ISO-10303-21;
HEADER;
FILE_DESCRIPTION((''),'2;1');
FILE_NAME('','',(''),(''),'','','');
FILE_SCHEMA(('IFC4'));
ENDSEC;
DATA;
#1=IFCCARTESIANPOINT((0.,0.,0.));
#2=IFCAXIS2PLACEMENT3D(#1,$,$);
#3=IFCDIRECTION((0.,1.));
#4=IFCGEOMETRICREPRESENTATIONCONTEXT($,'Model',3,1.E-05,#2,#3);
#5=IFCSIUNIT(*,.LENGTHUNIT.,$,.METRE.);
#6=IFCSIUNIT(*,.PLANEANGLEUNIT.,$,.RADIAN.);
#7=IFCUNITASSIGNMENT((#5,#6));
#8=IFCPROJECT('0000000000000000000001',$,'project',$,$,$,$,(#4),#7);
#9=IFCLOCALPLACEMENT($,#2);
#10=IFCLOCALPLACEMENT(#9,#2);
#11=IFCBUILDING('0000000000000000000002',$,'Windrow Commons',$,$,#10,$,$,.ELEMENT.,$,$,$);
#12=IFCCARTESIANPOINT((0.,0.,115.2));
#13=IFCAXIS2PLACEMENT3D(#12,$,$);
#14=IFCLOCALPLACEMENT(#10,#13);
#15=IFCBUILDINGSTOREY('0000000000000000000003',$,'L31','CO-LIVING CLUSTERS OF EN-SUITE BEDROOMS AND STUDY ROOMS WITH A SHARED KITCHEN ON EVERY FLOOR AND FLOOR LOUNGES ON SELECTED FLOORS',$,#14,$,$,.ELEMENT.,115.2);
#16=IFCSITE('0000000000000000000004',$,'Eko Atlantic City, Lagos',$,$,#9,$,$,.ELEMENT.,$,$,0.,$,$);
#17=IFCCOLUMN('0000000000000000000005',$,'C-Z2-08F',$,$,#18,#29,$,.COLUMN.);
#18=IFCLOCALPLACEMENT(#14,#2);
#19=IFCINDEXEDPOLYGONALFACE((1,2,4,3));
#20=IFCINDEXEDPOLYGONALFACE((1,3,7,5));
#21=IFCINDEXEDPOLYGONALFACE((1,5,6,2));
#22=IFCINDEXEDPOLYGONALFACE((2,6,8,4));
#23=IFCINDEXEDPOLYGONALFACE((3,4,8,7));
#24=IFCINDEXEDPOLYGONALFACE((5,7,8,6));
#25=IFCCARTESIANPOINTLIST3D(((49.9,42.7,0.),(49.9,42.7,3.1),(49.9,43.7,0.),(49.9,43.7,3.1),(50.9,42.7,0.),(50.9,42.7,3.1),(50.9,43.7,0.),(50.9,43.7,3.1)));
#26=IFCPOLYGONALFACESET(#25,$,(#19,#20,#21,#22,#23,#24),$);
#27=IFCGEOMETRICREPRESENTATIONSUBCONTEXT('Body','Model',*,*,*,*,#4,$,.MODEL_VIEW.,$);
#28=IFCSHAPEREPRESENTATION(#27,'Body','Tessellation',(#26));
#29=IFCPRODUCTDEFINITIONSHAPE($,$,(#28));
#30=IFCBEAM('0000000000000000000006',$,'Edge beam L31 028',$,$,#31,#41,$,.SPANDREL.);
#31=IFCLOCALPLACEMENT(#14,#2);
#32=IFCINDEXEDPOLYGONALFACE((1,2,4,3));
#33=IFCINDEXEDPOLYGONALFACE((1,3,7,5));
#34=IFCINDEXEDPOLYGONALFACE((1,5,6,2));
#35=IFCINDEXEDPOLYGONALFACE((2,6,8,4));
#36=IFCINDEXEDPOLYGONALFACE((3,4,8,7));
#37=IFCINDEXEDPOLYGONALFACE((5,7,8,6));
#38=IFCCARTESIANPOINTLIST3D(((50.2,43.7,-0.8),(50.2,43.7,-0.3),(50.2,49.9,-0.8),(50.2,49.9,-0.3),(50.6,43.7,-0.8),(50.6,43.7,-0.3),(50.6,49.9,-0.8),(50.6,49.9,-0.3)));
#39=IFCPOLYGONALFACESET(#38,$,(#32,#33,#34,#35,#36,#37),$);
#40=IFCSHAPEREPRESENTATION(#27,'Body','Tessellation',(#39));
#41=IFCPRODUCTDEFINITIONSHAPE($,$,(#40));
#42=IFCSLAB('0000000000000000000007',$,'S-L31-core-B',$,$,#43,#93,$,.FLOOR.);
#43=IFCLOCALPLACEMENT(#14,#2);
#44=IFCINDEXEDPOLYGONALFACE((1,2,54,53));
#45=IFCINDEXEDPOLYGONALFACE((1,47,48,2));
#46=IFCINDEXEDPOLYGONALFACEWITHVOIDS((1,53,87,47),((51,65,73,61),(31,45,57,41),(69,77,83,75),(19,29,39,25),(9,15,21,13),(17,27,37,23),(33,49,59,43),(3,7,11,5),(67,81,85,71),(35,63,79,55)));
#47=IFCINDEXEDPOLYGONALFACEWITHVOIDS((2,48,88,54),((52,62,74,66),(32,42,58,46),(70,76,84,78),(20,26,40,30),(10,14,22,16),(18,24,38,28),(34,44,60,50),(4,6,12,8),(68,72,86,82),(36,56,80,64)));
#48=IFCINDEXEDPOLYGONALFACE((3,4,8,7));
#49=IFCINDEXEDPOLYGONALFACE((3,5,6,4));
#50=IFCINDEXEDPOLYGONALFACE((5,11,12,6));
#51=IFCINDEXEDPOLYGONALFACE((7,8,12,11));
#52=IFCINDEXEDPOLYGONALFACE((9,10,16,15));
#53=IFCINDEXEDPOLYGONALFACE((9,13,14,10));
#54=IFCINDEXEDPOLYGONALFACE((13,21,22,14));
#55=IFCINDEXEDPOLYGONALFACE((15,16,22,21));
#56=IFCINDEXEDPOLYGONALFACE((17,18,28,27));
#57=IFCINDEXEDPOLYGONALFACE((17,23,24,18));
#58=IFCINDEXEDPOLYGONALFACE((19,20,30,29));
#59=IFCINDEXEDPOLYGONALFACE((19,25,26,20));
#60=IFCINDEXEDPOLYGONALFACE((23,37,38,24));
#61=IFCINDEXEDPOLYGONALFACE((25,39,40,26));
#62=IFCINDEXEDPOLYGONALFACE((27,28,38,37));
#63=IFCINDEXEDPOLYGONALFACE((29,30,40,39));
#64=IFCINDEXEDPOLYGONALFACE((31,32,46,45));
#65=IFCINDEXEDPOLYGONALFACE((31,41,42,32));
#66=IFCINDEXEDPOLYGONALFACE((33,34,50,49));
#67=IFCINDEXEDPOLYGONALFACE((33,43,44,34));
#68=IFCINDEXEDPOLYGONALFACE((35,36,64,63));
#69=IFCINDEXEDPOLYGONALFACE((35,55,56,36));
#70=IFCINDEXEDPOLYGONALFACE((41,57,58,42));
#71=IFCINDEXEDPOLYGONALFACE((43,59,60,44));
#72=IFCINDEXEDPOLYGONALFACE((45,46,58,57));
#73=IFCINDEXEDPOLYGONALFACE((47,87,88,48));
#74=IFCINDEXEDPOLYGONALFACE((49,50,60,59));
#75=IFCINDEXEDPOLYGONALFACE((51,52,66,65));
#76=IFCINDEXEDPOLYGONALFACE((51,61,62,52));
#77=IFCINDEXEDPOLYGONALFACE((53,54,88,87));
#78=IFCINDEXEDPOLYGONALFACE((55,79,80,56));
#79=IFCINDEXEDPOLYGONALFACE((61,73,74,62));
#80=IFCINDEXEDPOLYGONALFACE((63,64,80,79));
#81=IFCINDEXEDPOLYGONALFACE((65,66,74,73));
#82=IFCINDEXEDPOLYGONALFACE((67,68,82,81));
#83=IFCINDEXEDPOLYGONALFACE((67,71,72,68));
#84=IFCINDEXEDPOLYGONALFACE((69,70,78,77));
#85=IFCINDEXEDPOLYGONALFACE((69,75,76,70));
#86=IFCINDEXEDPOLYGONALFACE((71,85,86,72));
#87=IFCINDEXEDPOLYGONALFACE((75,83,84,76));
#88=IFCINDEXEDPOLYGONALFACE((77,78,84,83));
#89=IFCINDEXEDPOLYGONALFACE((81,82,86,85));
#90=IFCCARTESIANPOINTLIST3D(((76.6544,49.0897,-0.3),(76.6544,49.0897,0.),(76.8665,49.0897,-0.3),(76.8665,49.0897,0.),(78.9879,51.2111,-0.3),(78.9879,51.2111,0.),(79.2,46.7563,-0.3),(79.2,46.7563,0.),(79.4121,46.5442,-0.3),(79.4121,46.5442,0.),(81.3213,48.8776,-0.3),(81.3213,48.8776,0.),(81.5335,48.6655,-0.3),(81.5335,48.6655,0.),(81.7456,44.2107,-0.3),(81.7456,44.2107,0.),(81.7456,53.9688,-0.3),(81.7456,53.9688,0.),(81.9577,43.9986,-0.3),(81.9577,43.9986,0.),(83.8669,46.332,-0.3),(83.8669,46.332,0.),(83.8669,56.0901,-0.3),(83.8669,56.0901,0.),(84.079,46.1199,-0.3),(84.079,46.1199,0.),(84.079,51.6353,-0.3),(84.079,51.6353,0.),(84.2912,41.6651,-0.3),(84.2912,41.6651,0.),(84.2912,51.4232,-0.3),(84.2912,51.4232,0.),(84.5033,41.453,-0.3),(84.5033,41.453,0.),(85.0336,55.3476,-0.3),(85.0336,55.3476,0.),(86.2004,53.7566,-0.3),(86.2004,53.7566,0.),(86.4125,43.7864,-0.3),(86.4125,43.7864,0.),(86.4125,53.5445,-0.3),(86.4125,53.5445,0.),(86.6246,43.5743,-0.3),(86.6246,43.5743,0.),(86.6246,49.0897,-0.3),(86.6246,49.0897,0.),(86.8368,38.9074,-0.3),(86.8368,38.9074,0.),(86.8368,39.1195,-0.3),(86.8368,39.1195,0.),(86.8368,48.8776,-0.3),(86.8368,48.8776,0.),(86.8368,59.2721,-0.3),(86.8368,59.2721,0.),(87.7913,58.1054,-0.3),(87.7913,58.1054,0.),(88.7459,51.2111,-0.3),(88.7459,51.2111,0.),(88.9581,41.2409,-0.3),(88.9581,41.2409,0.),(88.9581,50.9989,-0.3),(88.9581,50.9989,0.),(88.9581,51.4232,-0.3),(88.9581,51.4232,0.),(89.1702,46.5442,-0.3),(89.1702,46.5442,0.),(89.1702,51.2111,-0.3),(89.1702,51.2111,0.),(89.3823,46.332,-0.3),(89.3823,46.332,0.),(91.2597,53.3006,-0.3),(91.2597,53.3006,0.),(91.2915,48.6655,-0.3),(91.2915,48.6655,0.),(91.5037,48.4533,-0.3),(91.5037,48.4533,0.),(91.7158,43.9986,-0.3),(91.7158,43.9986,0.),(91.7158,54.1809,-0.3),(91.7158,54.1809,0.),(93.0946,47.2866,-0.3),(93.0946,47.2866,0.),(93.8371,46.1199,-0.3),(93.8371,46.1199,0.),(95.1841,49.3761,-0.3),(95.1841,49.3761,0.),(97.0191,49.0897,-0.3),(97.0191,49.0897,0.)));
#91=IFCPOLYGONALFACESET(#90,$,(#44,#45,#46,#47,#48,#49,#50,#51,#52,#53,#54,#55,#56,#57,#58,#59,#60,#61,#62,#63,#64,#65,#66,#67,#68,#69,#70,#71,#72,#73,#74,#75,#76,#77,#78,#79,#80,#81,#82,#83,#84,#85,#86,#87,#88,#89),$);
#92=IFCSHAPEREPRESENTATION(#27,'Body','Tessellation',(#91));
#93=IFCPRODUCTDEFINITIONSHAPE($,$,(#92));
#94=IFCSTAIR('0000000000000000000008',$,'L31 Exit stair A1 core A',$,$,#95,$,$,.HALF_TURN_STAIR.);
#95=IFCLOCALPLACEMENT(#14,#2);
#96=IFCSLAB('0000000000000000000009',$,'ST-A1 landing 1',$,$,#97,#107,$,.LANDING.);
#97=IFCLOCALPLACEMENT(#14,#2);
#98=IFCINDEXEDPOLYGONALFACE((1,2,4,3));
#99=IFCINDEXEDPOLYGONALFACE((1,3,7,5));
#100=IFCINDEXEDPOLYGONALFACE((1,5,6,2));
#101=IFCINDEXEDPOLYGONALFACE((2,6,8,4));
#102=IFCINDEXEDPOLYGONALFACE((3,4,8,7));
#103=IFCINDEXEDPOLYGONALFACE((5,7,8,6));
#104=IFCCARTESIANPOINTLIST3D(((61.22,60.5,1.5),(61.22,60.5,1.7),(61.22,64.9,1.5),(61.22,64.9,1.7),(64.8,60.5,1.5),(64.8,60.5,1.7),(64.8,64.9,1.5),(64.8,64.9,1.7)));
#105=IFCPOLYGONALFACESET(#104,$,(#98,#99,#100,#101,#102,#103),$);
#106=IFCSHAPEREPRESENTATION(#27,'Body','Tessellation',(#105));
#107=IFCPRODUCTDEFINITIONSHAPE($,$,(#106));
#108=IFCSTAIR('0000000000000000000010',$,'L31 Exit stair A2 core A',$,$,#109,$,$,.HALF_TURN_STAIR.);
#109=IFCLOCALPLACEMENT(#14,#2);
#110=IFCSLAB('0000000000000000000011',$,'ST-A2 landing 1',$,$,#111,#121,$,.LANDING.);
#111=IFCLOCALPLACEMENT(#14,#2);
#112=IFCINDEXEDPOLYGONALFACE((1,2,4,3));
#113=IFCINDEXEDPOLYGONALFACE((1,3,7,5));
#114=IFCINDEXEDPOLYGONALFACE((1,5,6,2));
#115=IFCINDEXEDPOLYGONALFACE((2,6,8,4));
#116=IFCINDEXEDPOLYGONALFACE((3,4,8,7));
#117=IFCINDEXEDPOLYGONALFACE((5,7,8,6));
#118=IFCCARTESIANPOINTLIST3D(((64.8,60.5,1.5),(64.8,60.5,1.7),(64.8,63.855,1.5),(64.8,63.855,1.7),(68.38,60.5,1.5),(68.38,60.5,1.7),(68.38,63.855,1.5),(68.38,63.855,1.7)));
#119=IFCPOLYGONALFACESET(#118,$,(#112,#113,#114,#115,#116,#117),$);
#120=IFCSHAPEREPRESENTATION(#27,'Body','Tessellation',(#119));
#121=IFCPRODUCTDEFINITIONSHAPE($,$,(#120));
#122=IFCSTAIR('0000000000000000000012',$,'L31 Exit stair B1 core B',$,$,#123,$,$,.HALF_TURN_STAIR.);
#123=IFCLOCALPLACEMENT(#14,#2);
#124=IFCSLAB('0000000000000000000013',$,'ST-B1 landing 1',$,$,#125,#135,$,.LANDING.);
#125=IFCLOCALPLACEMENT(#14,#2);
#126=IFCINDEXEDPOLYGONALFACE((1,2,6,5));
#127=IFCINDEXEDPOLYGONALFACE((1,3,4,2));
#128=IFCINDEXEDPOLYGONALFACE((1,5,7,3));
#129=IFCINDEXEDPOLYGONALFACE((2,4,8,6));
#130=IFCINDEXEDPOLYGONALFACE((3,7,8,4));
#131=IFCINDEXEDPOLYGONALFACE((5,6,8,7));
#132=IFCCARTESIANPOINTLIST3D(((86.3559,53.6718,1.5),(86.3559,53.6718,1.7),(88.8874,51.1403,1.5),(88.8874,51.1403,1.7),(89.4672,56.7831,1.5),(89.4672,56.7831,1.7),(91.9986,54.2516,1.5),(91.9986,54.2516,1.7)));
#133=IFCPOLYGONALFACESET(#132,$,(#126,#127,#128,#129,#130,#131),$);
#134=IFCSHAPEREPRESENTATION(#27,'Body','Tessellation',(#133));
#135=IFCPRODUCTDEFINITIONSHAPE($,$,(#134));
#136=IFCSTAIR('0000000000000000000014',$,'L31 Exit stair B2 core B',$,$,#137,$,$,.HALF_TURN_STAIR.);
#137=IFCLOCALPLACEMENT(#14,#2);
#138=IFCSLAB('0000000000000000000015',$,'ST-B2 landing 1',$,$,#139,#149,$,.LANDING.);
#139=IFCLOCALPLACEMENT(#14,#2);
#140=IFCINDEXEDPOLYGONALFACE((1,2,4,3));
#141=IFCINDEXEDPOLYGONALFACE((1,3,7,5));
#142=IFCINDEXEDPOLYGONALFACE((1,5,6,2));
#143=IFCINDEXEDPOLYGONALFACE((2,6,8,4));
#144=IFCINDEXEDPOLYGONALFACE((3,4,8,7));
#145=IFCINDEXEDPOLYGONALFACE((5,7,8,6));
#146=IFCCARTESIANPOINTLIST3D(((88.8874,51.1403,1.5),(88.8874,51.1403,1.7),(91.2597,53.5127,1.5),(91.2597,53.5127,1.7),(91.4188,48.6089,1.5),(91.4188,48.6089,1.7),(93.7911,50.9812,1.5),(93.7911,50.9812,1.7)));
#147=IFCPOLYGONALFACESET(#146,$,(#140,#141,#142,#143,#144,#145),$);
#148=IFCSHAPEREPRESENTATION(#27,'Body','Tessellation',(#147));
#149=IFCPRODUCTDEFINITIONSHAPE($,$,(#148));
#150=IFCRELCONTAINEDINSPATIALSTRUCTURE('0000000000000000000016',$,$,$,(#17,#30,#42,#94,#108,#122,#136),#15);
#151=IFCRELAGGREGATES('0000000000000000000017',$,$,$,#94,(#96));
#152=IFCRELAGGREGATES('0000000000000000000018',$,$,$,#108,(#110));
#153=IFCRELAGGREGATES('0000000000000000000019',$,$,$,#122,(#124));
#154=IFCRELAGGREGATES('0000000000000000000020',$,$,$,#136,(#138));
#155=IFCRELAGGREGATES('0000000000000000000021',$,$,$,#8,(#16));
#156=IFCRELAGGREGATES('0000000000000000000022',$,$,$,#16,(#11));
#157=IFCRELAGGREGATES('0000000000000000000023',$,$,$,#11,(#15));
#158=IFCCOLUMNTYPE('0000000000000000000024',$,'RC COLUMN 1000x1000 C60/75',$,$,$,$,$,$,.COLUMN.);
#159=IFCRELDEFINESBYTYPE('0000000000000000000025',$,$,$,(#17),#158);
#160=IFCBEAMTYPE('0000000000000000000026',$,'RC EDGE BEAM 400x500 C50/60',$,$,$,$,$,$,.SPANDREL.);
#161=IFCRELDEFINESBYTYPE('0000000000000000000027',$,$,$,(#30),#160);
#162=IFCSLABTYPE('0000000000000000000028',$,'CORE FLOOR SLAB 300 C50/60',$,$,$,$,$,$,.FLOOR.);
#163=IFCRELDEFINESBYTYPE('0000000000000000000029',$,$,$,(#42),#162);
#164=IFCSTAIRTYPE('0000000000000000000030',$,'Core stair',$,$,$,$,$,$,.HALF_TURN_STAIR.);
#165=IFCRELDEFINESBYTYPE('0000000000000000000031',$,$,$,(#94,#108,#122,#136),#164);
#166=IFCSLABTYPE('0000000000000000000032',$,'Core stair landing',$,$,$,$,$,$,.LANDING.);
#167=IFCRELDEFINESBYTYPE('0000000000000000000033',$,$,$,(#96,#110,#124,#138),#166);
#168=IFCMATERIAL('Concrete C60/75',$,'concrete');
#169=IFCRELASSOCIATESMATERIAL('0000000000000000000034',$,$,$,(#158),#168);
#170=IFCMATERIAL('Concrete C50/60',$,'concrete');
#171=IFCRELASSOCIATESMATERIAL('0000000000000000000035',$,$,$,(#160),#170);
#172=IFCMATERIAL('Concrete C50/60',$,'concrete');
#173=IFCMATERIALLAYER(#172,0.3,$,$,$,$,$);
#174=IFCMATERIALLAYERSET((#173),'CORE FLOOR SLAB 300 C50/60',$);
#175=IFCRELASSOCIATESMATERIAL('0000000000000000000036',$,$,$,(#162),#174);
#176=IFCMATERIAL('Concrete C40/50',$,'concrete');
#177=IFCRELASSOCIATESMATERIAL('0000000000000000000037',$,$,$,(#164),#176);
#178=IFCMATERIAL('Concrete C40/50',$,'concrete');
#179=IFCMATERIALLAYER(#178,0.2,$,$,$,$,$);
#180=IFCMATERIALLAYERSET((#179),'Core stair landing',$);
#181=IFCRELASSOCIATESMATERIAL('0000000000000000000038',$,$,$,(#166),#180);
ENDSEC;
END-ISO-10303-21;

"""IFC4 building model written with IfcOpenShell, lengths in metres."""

from ifc_helpers import new_model, si_unit, direction, frame, origin, origin_2d, place, context, subcontext, project, spatial, polyline, rectangle, outline, extrude, material, layer, layer_set, material_profile, profile_set, type_object, element, aggregate, save


model = new_model("IFC4")

# Units and contexts
model_context = context("Model", 3, precision=1e-05, world=origin(), true_north=direction((0.0, 1.0)))
body_context = subcontext(model_context, "Body", "Model", "MODEL_VIEW")
ifc_project = project(units=[si_unit("LENGTHUNIT", "METRE"), si_unit("PLANEANGLEUNIT", "RADIAN")], contexts=[model_context])

# Site, building, storey
site_placement = place(None, origin())
site = spatial("IfcSite", under=ifc_project, at=site_placement, Name="Eko Atlantic City, Lagos", CompositionType="ELEMENT", RefElevation=0.0)
building_placement = place(site_placement, origin())
building = spatial("IfcBuilding", under=site, at=building_placement, Name="Windrow Commons", CompositionType="ELEMENT")
storey_placement = place(building_placement, frame((0.0, 0.0, 115.2)))
storey = spatial("IfcBuildingStorey", under=building, at=storey_placement, Name="L31", Description="CO-LIVING CLUSTERS OF EN-SUITE BEDROOMS AND STUDY ROOMS WITH A SHARED KITCHEN ON EVERY FLOOR AND FLOOR LOUNGES ON SELECTED FLOORS", CompositionType="ELEMENT", Elevation=115.2)

# Column
ifc_material_1 = material(Name="Concrete C60/75", Category="concrete")
ifc_material_profile_1 = material_profile(ifc_material_1, rectangle(XDim=1.0, YDim=1.0, at=origin_2d()))
ifc_profile_set_1 = profile_set([ifc_material_profile_1], Name="Concrete C60/75")
column_type = type_object("IfcColumnType", Name="RC COLUMN 1000x1000 C60/75", PredefinedType="COLUMN", material=ifc_profile_set_1)
column_placement = place(storey_placement, frame((50.4, 43.2, 0.0), z_axis=(0.0, 0.0, 1.0), x_axis=(1.0, 0.0, 0.0)))
element("IfcColumn", 1, at=column_placement, inside=storey, type_object=column_type, Name="C-Z2-08F", PredefinedType="COLUMN", context=body_context, shape_type="SweptSolid", body=[
    extrude(rectangle(XDim=1.0, YDim=1.0, at=origin_2d()), origin(), (0.0, 0.0, 1.0), 3.1),
])

# Beam
ifc_material_2 = material(Name="Concrete C50/60", Category="concrete")
ifc_material_profile_2 = material_profile(ifc_material_2, rectangle(XDim=0.4, YDim=0.5, at=origin_2d()))
ifc_profile_set_2 = profile_set([ifc_material_profile_2], Name="Concrete C50/60")
beam_type = type_object("IfcBeamType", Name="RC EDGE BEAM 400x500 C50/60", PredefinedType="SPANDREL", material=ifc_profile_set_2)
beam_placement = place(storey_placement, frame((50.4, 43.7, -0.55), z_axis=(0.0, 1.0, 0.0), x_axis=(-1.0, 0.0, 0.0)))
element("IfcBeam", 2, at=beam_placement, inside=storey, type_object=beam_type, Name="Edge beam L31 028", PredefinedType="SPANDREL", context=body_context, shape_type="SweptSolid", body=[
    extrude(rectangle(XDim=0.4, YDim=0.5, at=origin_2d()), origin(), (0.0, 0.0, 1.0), 6.2),
])

# Slab, openings
ifc_material_3 = material(Name="Concrete C50/60", Category="concrete")
ifc_layer_1 = layer(ifc_material_3, 0.3)
ifc_layer_set_1 = layer_set([ifc_layer_1], Name="CORE FLOOR SLAB 300 C50/60")
slab_type_1 = type_object("IfcSlabType", Name="CORE FLOOR SLAB 300 C50/60", PredefinedType="FLOOR", material=ifc_layer_set_1)
placement_1 = place(storey_placement, frame((0.0, 0.0, -0.3)))
slab_1 = element("IfcSlab", 3, at=placement_1, inside=storey, type_object=slab_type_1, Name="S-L31-core-B", PredefinedType="FLOOR", context=body_context, shape_type="SweptSolid", body=[
    extrude(outline(polyline([(76.6544, 49.0897), (86.8368, 38.9074), (97.0191, 49.0897), (86.8368, 59.2721), (76.6544, 49.0897)]), holes=[polyline([(76.8665, 49.0897), (79.2, 46.7563), (81.3213, 48.8776), (78.9879, 51.2111), (76.8665, 49.0897)]), polyline([(79.4121, 46.5442), (81.7456, 44.2107), (83.8669, 46.332), (81.5335, 48.6655), (79.4121, 46.5442)]), polyline([(81.9577, 43.9986), (84.2912, 41.6651), (86.4125, 43.7864), (84.079, 46.1199), (81.9577, 43.9986)]), polyline([(84.5033, 41.453), (86.8368, 39.1195), (88.9581, 41.2409), (86.6246, 43.5743), (84.5033, 41.453)]), polyline([(81.7456, 53.9688), (84.079, 51.6353), (86.2004, 53.7566), (83.8669, 56.0901), (81.7456, 53.9688)]), polyline([(84.2912, 51.4232), (86.6246, 49.0897), (88.7459, 51.2111), (86.4125, 53.5445), (84.2912, 51.4232)]), polyline([(86.8368, 48.8776), (89.1702, 46.5442), (91.2915, 48.6655), (88.9581, 50.9989), (86.8368, 48.8776)]), polyline([(89.3823, 46.332), (91.7158, 43.9986), (93.8371, 46.1199), (91.5037, 48.4533), (89.3823, 46.332)]), polyline([(85.0336, 55.3476), (88.9581, 51.4232), (91.7158, 54.1809), (87.7913, 58.1054), (85.0336, 55.3476)]), polyline([(89.1702, 51.2111), (93.0946, 47.2866), (95.1841, 49.3761), (91.2597, 53.3006), (89.1702, 51.2111)])]), origin(), (0.0, 0.0, 1.0), 0.3),
])
opening_1_placement = place(placement_1, origin())
element("IfcOpeningElement", 4, at=opening_1_placement, cuts=slab_1, PredefinedType="OPENING", context=body_context, shape_type="SweptSolid", body=[
    extrude(outline(polyline([(76.8736, 49.0897), (78.9879, 51.204), (81.3142, 48.8776), (79.2, 46.7634), (76.8736, 49.0897)])), origin(), (0.0, 0.0, 1.0), 0.3),
])
opening_2_placement = place(placement_1, origin())
element("IfcOpeningElement", 5, at=opening_2_placement, cuts=slab_1, PredefinedType="OPENING", context=body_context, shape_type="SweptSolid", body=[
    extrude(outline(polyline([(79.4192, 46.5442), (81.5335, 48.6584), (83.8598, 46.332), (81.7456, 44.2178), (79.4192, 46.5442)])), origin(), (0.0, 0.0, 1.0), 0.3),
])
opening_3_placement = place(placement_1, origin())
element("IfcOpeningElement", 6, at=opening_3_placement, cuts=slab_1, PredefinedType="OPENING", context=body_context, shape_type="SweptSolid", body=[
    extrude(outline(polyline([(81.9648, 43.9986), (84.079, 46.1128), (86.4054, 43.7864), (84.2912, 41.6722), (81.9648, 43.9986)])), origin(), (0.0, 0.0, 1.0), 0.3),
])
opening_4_placement = place(placement_1, origin())
element("IfcOpeningElement", 7, at=opening_4_placement, cuts=slab_1, PredefinedType="OPENING", context=body_context, shape_type="SweptSolid", body=[
    extrude(outline(polyline([(84.5104, 41.453), (86.6246, 43.5672), (88.951, 41.2409), (86.8368, 39.1266), (84.5104, 41.453)])), origin(), (0.0, 0.0, 1.0), 0.3),
])
opening_5_placement = place(placement_1, origin())
element("IfcOpeningElement", 8, at=opening_5_placement, cuts=slab_1, PredefinedType="OPENING", context=body_context, shape_type="SweptSolid", body=[
    extrude(outline(polyline([(81.7527, 53.9688), (83.8669, 56.083), (86.1933, 53.7566), (84.079, 51.6424), (81.7527, 53.9688)])), origin(), (0.0, 0.0, 1.0), 0.3),
])
opening_6_placement = place(placement_1, origin())
element("IfcOpeningElement", 9, at=opening_6_placement, cuts=slab_1, PredefinedType="OPENING", context=body_context, shape_type="SweptSolid", body=[
    extrude(outline(polyline([(84.2983, 51.4232), (86.4125, 53.5374), (88.7388, 51.2111), (86.6246, 49.0968), (84.2983, 51.4232)])), origin(), (0.0, 0.0, 1.0), 0.3),
])
opening_7_placement = place(placement_1, origin())
element("IfcOpeningElement", 10, at=opening_7_placement, cuts=slab_1, PredefinedType="OPENING", context=body_context, shape_type="SweptSolid", body=[
    extrude(outline(polyline([(86.8439, 48.8776), (88.9581, 50.9918), (91.2844, 48.6655), (89.1702, 46.5513), (86.8439, 48.8776)])), origin(), (0.0, 0.0, 1.0), 0.3),
])
opening_8_placement = place(placement_1, origin())
element("IfcOpeningElement", 11, at=opening_8_placement, cuts=slab_1, PredefinedType="OPENING", context=body_context, shape_type="SweptSolid", body=[
    extrude(outline(polyline([(89.3894, 46.332), (91.5037, 48.4462), (93.83, 46.1199), (91.7158, 44.0057), (89.3894, 46.332)])), origin(), (0.0, 0.0, 1.0), 0.3),
])
opening_9_placement = place(placement_1, origin())
element("IfcOpeningElement", 12, at=opening_9_placement, cuts=slab_1, PredefinedType="OPENING", context=body_context, shape_type="SweptSolid", body=[
    extrude(outline(polyline([(85.0407, 55.3476), (87.7913, 58.0983), (91.7087, 54.1809), (88.9581, 51.4303), (85.0407, 55.3476)])), origin(), (0.0, 0.0, 1.0), 0.3),
])
opening_10_placement = place(placement_1, origin())
element("IfcOpeningElement", 13, at=opening_10_placement, cuts=slab_1, PredefinedType="OPENING", context=body_context, shape_type="SweptSolid", body=[
    extrude(outline(polyline([(89.1773, 51.2111), (91.2597, 53.2935), (95.177, 49.3761), (93.0946, 47.2937), (89.1773, 51.2111)])), origin(), (0.0, 0.0, 1.0), 0.3),
])

# Stairs, slabs
ifc_material_4 = material(Name="Concrete C40/50", Category="concrete")
stair_type = type_object("IfcStairType", Name="Core stair", PredefinedType="HALF_TURN_STAIR", material=ifc_material_4)
placement_2 = place(storey_placement, origin())
stair_1 = element("IfcStair", 14, at=placement_2, inside=storey, type_object=stair_type, Name="L31 Exit stair A1 core A", PredefinedType="HALF_TURN_STAIR")
ifc_material_5 = material(Name="Concrete C40/50", Category="concrete")
ifc_layer_2 = layer(ifc_material_5, 0.2)
ifc_layer_set_2 = layer_set([ifc_layer_2], Name="Core stair landing")
slab_type_2 = type_object("IfcSlabType", Name="Core stair landing", PredefinedType="LANDING", material=ifc_layer_set_2)
placement_3 = place(storey_placement, frame((0.0, 0.0, 1.5)))
slab_2 = element("IfcSlab", 15, at=placement_3, type_object=slab_type_2, Name="ST-A1 landing 1", PredefinedType="LANDING", context=body_context, shape_type="SweptSolid", body=[
    extrude(outline(polyline([(61.22, 60.5), (64.8, 60.5), (64.8, 64.9), (61.22, 64.9), (61.22, 60.5)])), origin(), (0.0, 0.0, 1.0), 0.2),
])
aggregate(stair_1, [slab_2])
stair_2 = element("IfcStair", 16, at=placement_2, inside=storey, type_object=stair_type, Name="L31 Exit stair A2 core A", PredefinedType="HALF_TURN_STAIR")
slab_3 = element("IfcSlab", 17, at=placement_3, type_object=slab_type_2, Name="ST-A2 landing 1", PredefinedType="LANDING", context=body_context, shape_type="SweptSolid", body=[
    extrude(outline(polyline([(64.8, 60.5), (68.38, 60.5), (68.38, 63.855), (64.8, 63.855), (64.8, 60.5)])), origin(), (0.0, 0.0, 1.0), 0.2),
])
aggregate(stair_2, [slab_3])
stair_3 = element("IfcStair", 18, at=placement_2, inside=storey, type_object=stair_type, Name="L31 Exit stair B1 core B", PredefinedType="HALF_TURN_STAIR")
slab_4 = element("IfcSlab", 19, at=placement_3, type_object=slab_type_2, Name="ST-B1 landing 1", PredefinedType="LANDING", context=body_context, shape_type="SweptSolid", body=[
    extrude(outline(polyline([(86.3559, 53.6718), (88.8874, 51.1403), (91.9986, 54.2516), (89.4672, 56.7831), (86.3559, 53.6718)])), origin(), (0.0, 0.0, 1.0), 0.2),
])
aggregate(stair_3, [slab_4])
stair_4 = element("IfcStair", 20, at=placement_2, inside=storey, type_object=stair_type, Name="L31 Exit stair B2 core B", PredefinedType="HALF_TURN_STAIR")
slab_5 = element("IfcSlab", 21, at=placement_3, type_object=slab_type_2, Name="ST-B2 landing 1", PredefinedType="LANDING", context=body_context, shape_type="SweptSolid", body=[
    extrude(outline(polyline([(88.8874, 51.1403), (91.4188, 48.6089), (93.7911, 50.9812), (91.2597, 53.5127), (88.8874, 51.1403)])), origin(), (0.0, 0.0, 1.0), 0.2),
])
aggregate(stair_4, [slab_5])

save(model, "model.ifc")
